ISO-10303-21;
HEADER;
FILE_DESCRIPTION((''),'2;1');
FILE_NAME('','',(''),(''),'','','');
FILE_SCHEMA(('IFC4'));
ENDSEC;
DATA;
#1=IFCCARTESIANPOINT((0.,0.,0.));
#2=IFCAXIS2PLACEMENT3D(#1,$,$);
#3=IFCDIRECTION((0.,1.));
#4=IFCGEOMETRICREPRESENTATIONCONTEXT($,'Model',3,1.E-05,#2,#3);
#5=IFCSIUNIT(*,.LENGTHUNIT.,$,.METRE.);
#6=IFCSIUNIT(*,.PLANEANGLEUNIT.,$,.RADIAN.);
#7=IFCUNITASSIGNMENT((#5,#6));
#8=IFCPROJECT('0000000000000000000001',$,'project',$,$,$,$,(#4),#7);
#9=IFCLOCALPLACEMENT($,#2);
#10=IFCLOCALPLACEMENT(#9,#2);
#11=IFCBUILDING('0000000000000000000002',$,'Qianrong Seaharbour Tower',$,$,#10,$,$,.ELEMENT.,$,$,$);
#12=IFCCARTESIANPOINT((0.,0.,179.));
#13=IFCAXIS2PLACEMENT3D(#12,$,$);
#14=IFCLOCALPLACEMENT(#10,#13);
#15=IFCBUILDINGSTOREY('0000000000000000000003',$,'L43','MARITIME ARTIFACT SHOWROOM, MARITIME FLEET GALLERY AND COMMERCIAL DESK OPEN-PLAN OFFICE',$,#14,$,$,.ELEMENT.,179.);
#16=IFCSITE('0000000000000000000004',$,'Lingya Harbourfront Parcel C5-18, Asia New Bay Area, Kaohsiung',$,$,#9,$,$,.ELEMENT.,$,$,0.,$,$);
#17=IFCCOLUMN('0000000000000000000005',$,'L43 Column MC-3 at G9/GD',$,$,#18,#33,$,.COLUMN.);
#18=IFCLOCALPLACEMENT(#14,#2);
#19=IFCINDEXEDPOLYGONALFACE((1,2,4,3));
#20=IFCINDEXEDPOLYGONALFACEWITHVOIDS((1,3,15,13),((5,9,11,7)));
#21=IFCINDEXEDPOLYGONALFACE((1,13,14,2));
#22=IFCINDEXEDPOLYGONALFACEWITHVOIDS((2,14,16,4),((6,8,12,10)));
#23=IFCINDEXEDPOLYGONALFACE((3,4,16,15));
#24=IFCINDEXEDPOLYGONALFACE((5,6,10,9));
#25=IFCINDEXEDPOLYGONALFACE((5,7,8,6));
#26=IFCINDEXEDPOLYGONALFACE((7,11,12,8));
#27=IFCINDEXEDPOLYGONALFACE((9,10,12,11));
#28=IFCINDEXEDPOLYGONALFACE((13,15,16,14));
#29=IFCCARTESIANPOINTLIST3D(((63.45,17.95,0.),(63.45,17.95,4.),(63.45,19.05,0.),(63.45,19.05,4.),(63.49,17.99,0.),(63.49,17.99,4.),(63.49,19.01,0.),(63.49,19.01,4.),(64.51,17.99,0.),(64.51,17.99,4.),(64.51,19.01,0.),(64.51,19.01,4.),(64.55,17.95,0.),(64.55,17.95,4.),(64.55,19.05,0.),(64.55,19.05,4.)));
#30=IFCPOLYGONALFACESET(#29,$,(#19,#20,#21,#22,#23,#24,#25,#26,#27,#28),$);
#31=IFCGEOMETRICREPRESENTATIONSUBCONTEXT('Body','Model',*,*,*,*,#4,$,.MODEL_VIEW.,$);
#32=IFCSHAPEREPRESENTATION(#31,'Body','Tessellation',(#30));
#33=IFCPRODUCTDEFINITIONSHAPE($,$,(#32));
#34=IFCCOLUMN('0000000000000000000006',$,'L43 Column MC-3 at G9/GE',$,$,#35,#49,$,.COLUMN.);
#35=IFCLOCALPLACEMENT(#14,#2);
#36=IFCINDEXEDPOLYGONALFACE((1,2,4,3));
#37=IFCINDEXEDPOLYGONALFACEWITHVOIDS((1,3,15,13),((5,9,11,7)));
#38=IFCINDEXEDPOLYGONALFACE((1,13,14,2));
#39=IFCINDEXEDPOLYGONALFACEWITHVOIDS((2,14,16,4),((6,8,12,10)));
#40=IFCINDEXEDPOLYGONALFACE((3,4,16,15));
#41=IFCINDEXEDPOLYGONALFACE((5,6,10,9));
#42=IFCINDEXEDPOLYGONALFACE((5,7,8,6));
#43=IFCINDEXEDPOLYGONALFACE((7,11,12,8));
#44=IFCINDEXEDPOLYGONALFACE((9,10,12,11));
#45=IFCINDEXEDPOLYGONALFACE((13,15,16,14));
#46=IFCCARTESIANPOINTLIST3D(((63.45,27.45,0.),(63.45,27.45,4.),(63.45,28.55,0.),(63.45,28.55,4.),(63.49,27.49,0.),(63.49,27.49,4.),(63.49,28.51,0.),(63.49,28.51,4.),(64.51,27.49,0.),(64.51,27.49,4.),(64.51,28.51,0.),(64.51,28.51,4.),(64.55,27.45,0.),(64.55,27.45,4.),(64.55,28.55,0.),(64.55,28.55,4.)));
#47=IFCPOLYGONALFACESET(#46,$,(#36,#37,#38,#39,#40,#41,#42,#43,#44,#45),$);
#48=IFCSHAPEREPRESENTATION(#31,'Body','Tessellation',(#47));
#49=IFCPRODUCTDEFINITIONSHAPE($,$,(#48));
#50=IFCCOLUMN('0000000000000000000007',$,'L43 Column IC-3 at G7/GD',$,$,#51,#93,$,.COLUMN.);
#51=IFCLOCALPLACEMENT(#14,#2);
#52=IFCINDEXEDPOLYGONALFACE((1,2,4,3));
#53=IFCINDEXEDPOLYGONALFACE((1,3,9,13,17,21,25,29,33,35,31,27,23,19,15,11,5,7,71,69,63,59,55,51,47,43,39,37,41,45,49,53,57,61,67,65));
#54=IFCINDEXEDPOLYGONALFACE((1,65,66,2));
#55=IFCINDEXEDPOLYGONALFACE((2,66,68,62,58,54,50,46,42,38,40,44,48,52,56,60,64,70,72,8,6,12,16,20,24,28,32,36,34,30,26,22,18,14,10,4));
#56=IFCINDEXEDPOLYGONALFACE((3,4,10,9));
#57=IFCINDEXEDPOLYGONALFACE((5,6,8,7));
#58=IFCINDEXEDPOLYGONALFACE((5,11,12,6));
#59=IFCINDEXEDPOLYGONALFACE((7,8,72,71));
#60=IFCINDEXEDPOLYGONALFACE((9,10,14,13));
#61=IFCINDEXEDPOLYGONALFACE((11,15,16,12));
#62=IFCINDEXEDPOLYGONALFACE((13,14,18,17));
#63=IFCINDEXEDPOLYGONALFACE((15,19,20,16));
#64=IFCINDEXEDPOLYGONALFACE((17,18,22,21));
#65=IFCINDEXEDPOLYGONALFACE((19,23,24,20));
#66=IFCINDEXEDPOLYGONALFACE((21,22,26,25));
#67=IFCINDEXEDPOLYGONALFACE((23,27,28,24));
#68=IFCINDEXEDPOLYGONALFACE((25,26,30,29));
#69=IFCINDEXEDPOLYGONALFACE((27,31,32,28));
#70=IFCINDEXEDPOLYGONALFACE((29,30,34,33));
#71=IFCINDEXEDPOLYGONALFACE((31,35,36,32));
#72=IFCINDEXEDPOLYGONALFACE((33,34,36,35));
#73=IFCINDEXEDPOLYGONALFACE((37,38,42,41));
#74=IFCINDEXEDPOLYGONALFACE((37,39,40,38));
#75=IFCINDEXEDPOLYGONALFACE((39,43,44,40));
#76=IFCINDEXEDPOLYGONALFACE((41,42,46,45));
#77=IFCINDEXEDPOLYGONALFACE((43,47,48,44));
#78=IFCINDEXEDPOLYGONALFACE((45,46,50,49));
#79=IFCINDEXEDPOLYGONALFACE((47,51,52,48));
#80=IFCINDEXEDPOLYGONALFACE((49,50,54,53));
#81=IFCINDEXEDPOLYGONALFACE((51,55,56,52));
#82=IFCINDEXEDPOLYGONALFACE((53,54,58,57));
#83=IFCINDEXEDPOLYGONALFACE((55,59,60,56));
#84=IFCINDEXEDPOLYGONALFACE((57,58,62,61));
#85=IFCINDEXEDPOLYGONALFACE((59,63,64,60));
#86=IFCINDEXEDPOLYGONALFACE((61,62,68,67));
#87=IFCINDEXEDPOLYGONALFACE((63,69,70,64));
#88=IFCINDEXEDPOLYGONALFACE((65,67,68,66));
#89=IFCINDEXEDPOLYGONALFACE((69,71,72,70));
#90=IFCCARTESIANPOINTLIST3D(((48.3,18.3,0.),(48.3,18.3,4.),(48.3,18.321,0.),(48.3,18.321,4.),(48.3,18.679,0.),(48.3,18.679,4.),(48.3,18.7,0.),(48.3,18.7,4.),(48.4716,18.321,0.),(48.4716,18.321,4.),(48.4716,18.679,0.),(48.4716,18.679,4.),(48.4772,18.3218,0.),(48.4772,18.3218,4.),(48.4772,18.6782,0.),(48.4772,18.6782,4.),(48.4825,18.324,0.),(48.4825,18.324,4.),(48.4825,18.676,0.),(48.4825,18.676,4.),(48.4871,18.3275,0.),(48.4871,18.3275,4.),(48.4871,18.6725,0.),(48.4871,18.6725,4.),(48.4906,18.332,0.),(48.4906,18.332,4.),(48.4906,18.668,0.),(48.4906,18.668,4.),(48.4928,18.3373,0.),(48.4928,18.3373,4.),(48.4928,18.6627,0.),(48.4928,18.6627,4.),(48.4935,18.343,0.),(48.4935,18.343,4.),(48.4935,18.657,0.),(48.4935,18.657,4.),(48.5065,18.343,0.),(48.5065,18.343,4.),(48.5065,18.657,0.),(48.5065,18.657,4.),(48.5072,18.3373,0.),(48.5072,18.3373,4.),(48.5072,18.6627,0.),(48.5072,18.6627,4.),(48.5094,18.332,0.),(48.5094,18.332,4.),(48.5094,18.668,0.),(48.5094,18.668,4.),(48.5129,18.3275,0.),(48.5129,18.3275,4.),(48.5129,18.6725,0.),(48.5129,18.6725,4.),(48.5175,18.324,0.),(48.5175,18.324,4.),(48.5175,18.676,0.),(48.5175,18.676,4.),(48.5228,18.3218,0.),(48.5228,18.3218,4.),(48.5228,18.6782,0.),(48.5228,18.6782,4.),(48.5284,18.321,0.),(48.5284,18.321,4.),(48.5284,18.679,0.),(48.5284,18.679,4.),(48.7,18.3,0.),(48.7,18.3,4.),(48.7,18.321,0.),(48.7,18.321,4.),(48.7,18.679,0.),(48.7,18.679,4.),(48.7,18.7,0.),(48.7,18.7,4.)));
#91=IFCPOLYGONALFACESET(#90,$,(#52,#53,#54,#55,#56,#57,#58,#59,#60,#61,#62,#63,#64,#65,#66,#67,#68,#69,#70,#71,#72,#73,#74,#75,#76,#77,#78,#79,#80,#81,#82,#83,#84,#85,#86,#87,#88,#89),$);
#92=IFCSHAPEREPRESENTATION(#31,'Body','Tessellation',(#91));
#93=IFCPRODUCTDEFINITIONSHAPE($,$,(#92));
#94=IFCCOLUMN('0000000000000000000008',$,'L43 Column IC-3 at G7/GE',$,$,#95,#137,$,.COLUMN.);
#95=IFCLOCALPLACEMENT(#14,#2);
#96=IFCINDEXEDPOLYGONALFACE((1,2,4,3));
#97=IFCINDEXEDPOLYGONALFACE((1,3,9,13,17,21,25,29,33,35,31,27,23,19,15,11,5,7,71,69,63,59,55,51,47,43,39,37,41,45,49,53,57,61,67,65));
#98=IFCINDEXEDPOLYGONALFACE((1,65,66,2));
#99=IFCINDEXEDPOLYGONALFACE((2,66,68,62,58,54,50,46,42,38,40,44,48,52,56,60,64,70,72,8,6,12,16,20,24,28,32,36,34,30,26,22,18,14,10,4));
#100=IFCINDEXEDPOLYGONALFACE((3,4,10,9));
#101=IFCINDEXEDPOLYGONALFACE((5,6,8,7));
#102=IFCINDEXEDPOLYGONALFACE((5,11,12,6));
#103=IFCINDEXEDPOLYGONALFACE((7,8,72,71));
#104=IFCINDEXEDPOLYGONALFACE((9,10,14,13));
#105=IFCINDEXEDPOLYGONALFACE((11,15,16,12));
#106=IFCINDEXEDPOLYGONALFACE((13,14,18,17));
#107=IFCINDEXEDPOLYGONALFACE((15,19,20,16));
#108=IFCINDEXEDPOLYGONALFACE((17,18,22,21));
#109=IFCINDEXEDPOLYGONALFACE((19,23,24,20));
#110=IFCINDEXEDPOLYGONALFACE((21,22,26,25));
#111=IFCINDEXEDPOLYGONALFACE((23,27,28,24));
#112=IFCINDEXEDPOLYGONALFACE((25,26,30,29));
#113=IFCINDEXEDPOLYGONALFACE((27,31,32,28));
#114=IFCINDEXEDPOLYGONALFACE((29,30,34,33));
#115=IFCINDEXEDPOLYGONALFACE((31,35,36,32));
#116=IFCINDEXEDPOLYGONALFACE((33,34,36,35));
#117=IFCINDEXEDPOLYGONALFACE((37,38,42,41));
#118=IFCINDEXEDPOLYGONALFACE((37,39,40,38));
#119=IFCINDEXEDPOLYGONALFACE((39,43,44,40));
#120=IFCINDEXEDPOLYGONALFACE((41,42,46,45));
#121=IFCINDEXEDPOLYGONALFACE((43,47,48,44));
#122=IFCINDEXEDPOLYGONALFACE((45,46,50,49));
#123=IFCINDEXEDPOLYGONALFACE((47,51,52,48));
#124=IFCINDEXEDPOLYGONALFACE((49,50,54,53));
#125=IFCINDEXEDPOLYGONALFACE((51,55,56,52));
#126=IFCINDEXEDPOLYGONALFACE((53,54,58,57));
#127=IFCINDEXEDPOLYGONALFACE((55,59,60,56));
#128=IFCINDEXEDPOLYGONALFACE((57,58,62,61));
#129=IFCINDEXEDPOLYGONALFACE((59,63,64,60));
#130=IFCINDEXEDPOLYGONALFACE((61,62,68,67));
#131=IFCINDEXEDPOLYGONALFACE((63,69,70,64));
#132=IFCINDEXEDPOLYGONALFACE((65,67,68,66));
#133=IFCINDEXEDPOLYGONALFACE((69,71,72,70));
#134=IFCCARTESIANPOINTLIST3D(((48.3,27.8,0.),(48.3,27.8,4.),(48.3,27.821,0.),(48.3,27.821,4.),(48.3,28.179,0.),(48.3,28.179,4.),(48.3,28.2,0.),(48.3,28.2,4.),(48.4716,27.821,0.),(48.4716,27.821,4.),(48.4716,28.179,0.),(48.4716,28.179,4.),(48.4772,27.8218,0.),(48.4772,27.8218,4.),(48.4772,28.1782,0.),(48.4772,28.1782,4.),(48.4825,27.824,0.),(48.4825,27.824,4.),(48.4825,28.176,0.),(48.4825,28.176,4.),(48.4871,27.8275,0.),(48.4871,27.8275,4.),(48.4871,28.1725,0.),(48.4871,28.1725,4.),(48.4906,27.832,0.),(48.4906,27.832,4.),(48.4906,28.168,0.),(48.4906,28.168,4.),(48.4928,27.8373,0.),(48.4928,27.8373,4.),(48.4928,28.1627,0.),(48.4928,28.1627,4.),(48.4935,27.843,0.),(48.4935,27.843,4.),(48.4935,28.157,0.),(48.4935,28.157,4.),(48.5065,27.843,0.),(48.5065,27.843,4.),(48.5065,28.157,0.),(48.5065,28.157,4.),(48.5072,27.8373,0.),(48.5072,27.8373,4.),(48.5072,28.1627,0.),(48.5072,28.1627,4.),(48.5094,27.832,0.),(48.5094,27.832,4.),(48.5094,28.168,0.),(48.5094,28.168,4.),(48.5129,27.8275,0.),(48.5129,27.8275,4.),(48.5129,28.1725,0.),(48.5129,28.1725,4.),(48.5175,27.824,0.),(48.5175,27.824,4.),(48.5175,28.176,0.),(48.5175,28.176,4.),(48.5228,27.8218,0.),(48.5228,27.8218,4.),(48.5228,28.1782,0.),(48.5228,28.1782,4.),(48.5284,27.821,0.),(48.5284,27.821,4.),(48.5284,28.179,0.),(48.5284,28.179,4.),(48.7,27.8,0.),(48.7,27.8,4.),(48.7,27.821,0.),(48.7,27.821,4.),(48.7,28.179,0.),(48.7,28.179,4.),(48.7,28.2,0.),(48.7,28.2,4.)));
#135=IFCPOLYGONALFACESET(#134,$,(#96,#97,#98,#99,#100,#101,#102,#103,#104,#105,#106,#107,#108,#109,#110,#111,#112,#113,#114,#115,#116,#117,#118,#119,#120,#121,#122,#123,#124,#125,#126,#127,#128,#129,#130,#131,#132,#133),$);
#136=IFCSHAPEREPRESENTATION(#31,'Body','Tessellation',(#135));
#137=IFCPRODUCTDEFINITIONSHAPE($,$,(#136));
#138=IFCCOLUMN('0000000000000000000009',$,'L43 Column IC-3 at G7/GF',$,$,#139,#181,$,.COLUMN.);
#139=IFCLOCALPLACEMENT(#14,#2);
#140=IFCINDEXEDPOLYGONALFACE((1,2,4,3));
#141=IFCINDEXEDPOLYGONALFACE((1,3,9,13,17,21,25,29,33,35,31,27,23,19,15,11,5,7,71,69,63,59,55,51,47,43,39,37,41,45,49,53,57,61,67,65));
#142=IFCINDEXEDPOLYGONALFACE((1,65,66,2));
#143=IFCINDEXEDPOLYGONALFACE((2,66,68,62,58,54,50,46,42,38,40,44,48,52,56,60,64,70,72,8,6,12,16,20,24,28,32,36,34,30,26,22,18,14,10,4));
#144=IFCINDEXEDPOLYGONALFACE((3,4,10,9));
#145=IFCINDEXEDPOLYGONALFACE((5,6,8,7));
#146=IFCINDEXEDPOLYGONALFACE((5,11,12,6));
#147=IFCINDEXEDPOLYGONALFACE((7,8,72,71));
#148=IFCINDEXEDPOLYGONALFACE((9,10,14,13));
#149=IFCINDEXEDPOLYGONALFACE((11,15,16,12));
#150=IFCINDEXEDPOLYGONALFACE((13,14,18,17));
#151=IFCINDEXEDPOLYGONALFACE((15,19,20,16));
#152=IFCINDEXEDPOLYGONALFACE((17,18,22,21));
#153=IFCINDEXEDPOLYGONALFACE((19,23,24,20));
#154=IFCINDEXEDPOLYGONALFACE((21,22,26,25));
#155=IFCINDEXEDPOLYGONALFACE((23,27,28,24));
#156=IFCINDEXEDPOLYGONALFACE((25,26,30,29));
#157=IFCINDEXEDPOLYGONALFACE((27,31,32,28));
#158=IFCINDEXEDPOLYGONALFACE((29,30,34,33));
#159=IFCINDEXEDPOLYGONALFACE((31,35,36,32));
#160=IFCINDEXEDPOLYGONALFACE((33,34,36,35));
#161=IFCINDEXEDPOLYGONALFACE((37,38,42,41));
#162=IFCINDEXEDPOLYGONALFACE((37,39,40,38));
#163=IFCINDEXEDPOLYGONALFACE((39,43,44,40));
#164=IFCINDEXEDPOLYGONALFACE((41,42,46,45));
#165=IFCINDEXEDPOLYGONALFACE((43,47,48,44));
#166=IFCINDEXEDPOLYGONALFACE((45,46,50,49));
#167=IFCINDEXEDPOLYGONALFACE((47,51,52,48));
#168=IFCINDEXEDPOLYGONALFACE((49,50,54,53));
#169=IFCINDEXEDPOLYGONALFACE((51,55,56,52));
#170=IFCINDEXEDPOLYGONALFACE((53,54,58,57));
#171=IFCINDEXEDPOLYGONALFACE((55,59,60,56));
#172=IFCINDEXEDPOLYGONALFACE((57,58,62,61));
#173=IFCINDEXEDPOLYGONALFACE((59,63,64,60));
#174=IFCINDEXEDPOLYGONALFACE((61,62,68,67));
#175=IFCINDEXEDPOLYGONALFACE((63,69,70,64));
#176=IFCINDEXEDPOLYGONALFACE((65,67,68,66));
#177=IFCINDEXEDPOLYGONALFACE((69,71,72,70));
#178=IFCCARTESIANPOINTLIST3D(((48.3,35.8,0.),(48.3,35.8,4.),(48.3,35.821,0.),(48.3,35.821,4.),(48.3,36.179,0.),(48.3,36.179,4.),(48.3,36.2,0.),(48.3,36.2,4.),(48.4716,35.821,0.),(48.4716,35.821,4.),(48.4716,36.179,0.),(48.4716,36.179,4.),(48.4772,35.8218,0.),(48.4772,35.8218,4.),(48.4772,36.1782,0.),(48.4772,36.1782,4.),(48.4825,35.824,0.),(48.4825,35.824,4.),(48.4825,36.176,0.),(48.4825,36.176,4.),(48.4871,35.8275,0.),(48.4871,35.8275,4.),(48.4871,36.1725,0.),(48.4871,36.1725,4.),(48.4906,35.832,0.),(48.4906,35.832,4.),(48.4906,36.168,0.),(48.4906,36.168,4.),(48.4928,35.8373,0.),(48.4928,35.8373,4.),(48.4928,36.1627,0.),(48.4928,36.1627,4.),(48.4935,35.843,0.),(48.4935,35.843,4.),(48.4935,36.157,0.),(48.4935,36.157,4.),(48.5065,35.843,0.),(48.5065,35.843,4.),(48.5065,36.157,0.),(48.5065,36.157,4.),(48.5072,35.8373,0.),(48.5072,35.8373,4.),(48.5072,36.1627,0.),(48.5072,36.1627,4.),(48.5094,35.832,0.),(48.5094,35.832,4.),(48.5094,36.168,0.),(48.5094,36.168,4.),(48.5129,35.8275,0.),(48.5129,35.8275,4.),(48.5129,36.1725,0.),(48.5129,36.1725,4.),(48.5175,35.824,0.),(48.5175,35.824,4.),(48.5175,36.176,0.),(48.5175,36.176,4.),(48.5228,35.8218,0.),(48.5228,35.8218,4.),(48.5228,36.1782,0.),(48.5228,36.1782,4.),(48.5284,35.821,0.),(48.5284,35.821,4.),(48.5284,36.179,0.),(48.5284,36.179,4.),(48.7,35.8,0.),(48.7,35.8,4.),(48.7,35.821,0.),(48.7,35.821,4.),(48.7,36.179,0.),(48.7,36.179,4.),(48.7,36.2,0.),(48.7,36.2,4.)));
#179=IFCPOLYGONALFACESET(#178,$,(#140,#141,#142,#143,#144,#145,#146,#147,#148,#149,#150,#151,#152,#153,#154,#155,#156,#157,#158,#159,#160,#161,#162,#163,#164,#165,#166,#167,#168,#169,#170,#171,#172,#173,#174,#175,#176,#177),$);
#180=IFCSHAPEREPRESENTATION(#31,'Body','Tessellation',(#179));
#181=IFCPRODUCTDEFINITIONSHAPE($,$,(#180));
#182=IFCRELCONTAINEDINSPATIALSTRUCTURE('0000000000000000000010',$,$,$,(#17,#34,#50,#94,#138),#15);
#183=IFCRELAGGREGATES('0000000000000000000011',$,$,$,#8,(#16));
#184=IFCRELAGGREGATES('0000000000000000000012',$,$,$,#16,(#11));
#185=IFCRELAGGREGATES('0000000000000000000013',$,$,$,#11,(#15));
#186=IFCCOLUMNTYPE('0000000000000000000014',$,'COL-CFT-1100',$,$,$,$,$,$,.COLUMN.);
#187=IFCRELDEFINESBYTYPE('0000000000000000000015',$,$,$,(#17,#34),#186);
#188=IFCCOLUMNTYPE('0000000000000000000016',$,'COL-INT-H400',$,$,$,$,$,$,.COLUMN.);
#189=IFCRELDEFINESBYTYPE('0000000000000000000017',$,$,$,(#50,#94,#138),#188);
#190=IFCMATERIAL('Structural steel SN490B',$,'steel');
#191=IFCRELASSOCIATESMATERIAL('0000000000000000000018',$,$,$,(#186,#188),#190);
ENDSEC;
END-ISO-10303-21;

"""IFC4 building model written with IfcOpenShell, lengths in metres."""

from ifc_helpers import new_model, si_unit, direction, frame, origin, origin_2d, place, context, subcontext, project, spatial, hollow_rectangle, i_section, extrude, material, material_profile, profile_set, type_object, element, save


model = new_model("IFC4")

# Units and contexts
model_context = context("Model", 3, precision=1e-05, world=origin(), true_north=direction((0.0, 1.0)))
body_context = subcontext(model_context, "Body", "Model", "MODEL_VIEW")
ifc_project = project(units=[si_unit("LENGTHUNIT", "METRE"), si_unit("PLANEANGLEUNIT", "RADIAN")], contexts=[model_context])

# Site, building, storey
site_placement = place(None, origin())
site = spatial("IfcSite", under=ifc_project, at=site_placement, Name="Lingya Harbourfront Parcel C5-18, Asia New Bay Area, Kaohsiung", CompositionType="ELEMENT", RefElevation=0.0)
building_placement = place(site_placement, origin())
building = spatial("IfcBuilding", under=site, at=building_placement, Name="Qianrong Seaharbour Tower", CompositionType="ELEMENT")
storey_placement = place(building_placement, frame((0.0, 0.0, 179.0)))
storey = spatial("IfcBuildingStorey", under=building, at=storey_placement, Name="L43", Description="MARITIME ARTIFACT SHOWROOM, MARITIME FLEET GALLERY AND COMMERCIAL DESK OPEN-PLAN OFFICE", CompositionType="ELEMENT", Elevation=179.0)

# Columns
ifc_material_1 = material(Name="Structural steel SN490B", Category="steel")
ifc_material_profile_1 = material_profile(ifc_material_1, hollow_rectangle(XDim=1.1001, YDim=1.1001, WallThickness=0.04, at=origin_2d()), Name="BOX1100x1100x40")
ifc_profile_set_1 = profile_set([ifc_material_profile_1], Name="Structural steel SN490B")
column_type_1 = type_object("IfcColumnType", Name="COL-CFT-1100", PredefinedType="COLUMN", material=ifc_profile_set_1)
for number, where, z_axis, x_axis, name in (
    (1, (64.0, 18.5, 0.0), (0.0, 0.0, 1.0), (1.0, 0.0, 0.0), "L43 Column MC-3 at G9/GD"),
    (2, (64.0, 28.0, 0.0), (0.0, 0.0, 1.0), (1.0, 0.0, 0.0), "L43 Column MC-3 at G9/GE"),
):
    element("IfcColumn", number, at=place(storey_placement, frame(where, z_axis=z_axis, x_axis=x_axis)), inside=storey, type_object=column_type_1, Name=name, PredefinedType="COLUMN", context=body_context, shape_type="SweptSolid", body=[
        extrude(hollow_rectangle(XDim=1.1001, YDim=1.1001, WallThickness=0.04, at=origin_2d()), origin(), (0.0, 0.0, 1.0), 4.0),
    ])
ifc_material_profile_2 = material_profile(ifc_material_1, i_section(OverallWidth=0.3999, OverallDepth=0.3999, WebThickness=0.0129, FlangeThickness=0.021, FilletRadius=0.022, at=origin_2d()), Name="H400x400x13x21")
ifc_profile_set_2 = profile_set([ifc_material_profile_2], Name="Structural steel SN490B")
column_type_2 = type_object("IfcColumnType", Name="COL-INT-H400", PredefinedType="COLUMN", material=ifc_profile_set_2)
for number, where, z_axis, x_axis, name in (
    (3, (48.5, 18.5, 0.0), (0.0, 0.0, 1.0), (1.0, 0.0, 0.0), "L43 Column IC-3 at G7/GD"),
    (4, (48.5, 28.0, 0.0), (0.0, 0.0, 1.0), (1.0, 0.0, 0.0), "L43 Column IC-3 at G7/GE"),
    (5, (48.5, 36.0, 0.0), (0.0, 0.0, 1.0), (1.0, 0.0, 0.0), "L43 Column IC-3 at G7/GF"),
):
    element("IfcColumn", number, at=place(storey_placement, frame(where, z_axis=z_axis, x_axis=x_axis)), inside=storey, type_object=column_type_2, Name=name, PredefinedType="COLUMN", context=body_context, shape_type="SweptSolid", body=[
        extrude(i_section(OverallWidth=0.3999, OverallDepth=0.3999, WebThickness=0.0129, FlangeThickness=0.021, FilletRadius=0.022, at=origin_2d()), origin(), (0.0, 0.0, 1.0), 4.0),
    ])

save(model, "model.ifc")
